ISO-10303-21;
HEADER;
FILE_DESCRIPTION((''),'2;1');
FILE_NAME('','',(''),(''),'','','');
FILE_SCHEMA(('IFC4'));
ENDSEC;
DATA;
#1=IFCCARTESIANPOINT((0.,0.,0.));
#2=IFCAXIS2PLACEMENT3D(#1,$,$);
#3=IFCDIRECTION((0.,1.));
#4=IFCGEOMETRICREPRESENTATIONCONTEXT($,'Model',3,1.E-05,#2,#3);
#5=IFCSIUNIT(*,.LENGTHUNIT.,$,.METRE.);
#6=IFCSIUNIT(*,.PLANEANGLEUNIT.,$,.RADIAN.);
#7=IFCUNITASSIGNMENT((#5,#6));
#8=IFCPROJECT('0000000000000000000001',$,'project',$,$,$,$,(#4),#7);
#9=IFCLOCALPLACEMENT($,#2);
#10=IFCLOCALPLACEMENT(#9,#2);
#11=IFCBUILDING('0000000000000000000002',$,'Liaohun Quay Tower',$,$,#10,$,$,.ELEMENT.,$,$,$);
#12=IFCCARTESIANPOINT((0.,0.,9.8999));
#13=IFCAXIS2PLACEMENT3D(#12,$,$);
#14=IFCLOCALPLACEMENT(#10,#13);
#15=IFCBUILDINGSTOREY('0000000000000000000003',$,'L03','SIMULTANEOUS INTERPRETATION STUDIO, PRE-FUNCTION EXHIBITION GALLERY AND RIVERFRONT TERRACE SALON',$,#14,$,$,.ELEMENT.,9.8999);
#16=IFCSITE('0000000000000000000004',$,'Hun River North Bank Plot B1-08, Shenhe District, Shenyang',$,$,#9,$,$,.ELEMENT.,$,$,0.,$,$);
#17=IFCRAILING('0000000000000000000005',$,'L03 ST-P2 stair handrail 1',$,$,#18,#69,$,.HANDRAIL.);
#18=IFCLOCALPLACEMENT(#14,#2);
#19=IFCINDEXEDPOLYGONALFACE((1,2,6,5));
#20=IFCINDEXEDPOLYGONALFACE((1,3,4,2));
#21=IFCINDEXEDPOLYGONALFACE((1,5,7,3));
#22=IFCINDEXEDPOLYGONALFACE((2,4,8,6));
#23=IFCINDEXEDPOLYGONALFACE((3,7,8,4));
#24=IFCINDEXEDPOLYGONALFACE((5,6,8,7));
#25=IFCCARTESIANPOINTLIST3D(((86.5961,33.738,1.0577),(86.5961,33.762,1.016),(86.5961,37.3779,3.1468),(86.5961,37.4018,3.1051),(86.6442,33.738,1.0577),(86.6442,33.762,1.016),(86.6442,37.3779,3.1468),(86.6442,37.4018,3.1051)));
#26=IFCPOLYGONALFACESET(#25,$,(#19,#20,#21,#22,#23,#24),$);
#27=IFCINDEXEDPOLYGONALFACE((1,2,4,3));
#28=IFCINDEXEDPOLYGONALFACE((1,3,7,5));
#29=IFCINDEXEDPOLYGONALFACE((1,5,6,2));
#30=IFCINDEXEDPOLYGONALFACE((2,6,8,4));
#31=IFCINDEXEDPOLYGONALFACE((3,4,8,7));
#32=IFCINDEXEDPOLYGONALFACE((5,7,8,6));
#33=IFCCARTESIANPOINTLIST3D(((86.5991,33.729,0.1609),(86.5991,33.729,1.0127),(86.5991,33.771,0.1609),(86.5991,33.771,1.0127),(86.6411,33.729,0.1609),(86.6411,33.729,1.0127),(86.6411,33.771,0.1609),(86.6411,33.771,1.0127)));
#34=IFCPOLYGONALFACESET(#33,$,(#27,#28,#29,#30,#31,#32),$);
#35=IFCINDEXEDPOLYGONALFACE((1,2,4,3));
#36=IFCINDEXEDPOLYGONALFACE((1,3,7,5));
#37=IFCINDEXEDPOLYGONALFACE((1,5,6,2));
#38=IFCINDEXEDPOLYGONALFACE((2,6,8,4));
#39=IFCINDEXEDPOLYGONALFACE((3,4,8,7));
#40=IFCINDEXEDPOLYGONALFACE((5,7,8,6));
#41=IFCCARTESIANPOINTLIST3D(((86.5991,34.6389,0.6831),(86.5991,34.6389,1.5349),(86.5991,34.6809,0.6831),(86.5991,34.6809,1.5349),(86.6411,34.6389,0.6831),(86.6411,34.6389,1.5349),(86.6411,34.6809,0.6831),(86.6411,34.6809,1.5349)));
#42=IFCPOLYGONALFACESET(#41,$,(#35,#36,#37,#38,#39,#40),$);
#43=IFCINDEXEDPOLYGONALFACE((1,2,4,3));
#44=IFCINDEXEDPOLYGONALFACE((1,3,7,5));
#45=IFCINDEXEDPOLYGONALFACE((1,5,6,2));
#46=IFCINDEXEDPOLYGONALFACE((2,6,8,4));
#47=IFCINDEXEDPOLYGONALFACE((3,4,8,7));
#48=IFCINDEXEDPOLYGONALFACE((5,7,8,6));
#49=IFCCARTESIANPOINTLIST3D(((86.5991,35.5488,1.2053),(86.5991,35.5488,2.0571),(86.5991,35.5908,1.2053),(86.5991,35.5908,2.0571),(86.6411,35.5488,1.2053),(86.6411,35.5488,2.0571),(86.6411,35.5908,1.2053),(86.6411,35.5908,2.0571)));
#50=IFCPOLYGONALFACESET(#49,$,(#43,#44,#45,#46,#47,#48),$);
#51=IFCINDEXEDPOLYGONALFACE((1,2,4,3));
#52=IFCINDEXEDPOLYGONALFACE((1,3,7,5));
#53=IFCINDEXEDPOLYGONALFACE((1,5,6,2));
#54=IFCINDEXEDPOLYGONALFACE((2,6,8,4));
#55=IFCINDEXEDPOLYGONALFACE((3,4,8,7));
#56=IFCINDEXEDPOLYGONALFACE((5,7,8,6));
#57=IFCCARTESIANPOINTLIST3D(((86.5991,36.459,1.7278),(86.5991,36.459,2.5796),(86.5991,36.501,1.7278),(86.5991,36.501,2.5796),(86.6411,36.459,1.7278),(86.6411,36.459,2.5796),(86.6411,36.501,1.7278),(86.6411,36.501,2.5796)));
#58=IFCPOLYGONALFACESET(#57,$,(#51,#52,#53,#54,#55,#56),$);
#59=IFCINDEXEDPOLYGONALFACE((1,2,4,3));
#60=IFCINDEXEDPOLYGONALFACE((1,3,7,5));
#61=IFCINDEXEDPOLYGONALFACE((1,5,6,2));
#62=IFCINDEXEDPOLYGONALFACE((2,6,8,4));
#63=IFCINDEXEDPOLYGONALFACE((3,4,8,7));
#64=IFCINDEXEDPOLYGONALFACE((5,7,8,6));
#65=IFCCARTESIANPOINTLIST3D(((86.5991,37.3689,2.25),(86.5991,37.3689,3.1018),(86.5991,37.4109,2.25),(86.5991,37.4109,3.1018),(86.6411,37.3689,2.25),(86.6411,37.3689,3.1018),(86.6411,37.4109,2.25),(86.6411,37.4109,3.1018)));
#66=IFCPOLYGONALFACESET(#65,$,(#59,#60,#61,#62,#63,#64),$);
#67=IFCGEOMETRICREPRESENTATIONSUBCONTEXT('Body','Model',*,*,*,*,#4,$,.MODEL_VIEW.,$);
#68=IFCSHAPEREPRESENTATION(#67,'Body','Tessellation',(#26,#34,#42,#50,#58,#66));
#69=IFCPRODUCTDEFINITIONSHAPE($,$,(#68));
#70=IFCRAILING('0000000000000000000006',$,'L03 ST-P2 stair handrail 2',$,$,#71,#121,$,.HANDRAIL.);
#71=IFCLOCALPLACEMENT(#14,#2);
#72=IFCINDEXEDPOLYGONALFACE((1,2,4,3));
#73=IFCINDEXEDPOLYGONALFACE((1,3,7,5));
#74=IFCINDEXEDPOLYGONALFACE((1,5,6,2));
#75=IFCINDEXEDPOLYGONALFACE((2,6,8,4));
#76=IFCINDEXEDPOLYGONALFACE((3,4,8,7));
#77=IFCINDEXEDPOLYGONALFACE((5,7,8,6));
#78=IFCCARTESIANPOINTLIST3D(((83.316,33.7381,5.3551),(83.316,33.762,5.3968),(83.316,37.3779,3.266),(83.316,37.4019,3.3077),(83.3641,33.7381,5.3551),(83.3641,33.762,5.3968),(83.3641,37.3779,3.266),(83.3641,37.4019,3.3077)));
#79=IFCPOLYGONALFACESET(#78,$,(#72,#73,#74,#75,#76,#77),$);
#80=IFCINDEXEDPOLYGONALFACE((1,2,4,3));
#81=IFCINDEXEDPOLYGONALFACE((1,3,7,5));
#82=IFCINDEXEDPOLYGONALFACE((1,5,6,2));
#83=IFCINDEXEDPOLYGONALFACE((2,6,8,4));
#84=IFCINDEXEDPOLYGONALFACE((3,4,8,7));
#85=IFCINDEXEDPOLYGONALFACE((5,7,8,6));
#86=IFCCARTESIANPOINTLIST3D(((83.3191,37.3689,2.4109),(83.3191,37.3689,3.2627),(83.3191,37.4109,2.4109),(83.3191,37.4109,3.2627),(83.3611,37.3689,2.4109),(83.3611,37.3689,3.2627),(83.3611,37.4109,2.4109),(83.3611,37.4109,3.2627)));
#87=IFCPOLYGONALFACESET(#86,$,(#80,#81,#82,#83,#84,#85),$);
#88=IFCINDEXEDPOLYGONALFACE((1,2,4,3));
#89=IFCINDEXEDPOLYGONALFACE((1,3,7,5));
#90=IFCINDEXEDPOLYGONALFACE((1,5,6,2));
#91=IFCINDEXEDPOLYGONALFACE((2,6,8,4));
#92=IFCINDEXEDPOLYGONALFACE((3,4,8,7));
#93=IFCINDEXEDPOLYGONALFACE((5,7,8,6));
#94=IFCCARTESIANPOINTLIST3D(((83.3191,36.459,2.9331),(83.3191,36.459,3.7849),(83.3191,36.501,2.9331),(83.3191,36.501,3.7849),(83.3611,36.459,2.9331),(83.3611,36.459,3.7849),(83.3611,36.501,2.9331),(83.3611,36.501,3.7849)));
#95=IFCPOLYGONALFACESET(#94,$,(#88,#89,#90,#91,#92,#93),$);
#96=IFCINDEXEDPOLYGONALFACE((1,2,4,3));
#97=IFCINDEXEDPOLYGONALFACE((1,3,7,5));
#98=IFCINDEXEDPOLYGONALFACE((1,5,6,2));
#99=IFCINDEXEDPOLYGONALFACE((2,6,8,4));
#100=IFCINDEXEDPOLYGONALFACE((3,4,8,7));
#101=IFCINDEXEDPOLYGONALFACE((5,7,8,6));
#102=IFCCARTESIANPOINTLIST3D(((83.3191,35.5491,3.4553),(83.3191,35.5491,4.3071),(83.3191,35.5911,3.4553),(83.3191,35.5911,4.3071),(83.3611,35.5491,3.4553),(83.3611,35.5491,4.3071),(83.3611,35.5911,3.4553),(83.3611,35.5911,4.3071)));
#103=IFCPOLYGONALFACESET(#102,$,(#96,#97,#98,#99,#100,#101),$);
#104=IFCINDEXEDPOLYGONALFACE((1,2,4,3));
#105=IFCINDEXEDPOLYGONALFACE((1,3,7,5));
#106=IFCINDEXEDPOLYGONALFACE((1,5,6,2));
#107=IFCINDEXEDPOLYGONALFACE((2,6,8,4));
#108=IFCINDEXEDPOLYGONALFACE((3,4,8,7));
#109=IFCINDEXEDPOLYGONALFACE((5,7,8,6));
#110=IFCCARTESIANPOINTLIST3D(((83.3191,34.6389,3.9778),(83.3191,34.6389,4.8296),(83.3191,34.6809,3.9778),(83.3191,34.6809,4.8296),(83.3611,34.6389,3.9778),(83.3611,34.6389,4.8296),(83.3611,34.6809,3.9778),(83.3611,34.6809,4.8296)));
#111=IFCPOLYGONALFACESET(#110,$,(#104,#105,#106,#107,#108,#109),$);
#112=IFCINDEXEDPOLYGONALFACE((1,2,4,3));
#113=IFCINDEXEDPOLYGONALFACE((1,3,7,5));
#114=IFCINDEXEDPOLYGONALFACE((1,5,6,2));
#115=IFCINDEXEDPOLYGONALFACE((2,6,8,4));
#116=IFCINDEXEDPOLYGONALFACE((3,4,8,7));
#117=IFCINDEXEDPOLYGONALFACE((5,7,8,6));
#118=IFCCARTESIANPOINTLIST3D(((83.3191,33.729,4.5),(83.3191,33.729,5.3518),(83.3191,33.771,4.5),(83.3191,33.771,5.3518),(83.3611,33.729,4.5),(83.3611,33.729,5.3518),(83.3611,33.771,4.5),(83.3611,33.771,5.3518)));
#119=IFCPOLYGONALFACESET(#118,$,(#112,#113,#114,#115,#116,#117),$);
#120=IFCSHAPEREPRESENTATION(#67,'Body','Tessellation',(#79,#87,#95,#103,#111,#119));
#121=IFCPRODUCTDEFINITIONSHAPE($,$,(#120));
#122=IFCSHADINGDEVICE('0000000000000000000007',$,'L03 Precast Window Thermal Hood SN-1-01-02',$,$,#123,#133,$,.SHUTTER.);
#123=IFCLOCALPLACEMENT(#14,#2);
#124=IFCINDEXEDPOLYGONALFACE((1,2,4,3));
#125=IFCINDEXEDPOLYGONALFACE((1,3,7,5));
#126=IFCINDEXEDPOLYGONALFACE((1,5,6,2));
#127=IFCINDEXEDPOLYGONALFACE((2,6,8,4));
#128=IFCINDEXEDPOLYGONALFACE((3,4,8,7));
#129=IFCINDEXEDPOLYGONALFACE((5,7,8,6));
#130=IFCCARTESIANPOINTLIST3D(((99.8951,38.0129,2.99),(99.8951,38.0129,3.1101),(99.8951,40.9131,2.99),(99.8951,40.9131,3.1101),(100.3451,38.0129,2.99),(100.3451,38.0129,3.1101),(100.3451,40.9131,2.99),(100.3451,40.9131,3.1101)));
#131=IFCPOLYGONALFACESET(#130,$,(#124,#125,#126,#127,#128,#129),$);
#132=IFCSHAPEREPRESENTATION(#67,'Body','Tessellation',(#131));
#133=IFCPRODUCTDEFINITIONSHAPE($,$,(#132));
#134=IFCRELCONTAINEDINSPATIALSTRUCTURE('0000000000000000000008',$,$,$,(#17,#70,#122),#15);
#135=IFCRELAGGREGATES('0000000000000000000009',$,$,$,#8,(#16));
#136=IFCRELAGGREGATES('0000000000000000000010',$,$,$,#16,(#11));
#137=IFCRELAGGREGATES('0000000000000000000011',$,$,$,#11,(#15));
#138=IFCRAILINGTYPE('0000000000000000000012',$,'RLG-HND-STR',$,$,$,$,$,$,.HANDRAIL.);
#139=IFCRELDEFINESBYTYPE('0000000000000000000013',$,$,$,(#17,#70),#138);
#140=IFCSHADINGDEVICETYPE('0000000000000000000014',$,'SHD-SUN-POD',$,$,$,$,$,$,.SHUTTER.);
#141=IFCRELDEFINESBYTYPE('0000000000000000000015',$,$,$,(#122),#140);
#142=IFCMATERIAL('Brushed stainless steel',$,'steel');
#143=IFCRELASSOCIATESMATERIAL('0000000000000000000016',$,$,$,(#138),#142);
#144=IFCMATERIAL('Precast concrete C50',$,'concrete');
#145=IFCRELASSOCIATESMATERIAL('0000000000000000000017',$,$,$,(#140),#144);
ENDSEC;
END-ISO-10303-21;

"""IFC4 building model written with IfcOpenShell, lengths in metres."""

from ifc_helpers import new_model, si_unit, direction, frame, origin, origin_2d, place, context, subcontext, project, spatial, rectangle, extrude, source, transform, mapped, material, material_profile, profile_set, type_object, element, save


model = new_model("IFC4")

# Units and contexts
model_context = context("Model", 3, precision=1e-05, world=origin(), true_north=direction((0.0, 1.0)))
body_context = subcontext(model_context, "Body", "Model", "MODEL_VIEW")
ifc_project = project(units=[si_unit("LENGTHUNIT", "METRE"), si_unit("PLANEANGLEUNIT", "RADIAN")], contexts=[model_context])

# Site, building, storey
site_placement = place(None, origin())
site = spatial("IfcSite", under=ifc_project, at=site_placement, Name="Hun River North Bank Plot B1-08, Shenhe District, Shenyang", CompositionType="ELEMENT", RefElevation=0.0)
building_placement = place(site_placement, origin())
building = spatial("IfcBuilding", under=site, at=building_placement, Name="Liaohun Quay Tower", CompositionType="ELEMENT")
storey_placement = place(building_placement, frame((0.0, 0.0, 9.8999)))
storey = spatial("IfcBuildingStorey", under=building, at=storey_placement, Name="L03", Description="SIMULTANEOUS INTERPRETATION STUDIO, PRE-FUNCTION EXHIBITION GALLERY AND RIVERFRONT TERRACE SALON", CompositionType="ELEMENT", Elevation=9.8999)

# Railings
ifc_material_1 = material(Name="Brushed stainless steel", Category="steel")
railing_type_1 = type_object("IfcRailingType", Name="RLG-HND-STR", PredefinedType="HANDRAIL", material=ifc_material_1)
railing_1_placement = place(storey_placement, frame((86.6201, 33.75, 0.1609)))
element("IfcRailing", 1, at=railing_1_placement, inside=storey, type_object=railing_type_1, Name="L03 ST-P2 stair handrail 1", PredefinedType="HANDRAIL", context=body_context, shape_type="SweptSolid", body=[
    extrude(rectangle(XDim=0.0481, YDim=0.0481, at=origin_2d()), frame((0.0, 0.0, 0.876), z_axis=(0.0, 0.8673, 0.497786), x_axis=(-1.0, 0.0, 0.0)), (0.0, 0.0, 1.0), 4.1968),
    extrude(rectangle(XDim=0.042, YDim=0.042, at=origin_2d()), origin(), (0.0, 0.0, 1.0), 0.8518),
    extrude(rectangle(XDim=0.042, YDim=0.042, at=origin_2d()), frame((0.0, 0.9099, 0.5222)), (0.0, 0.0, 1.0), 0.8518),
    extrude(rectangle(XDim=0.042, YDim=0.042, at=origin_2d()), frame((0.0, 1.8198, 1.0444)), (0.0, 0.0, 1.0), 0.8518),
    extrude(rectangle(XDim=0.042, YDim=0.042, at=origin_2d()), frame((0.0, 2.73, 1.5669)), (0.0, 0.0, 1.0), 0.8518),
    extrude(rectangle(XDim=0.042, YDim=0.042, at=origin_2d()), frame((0.0, 3.6399, 2.0891)), (0.0, 0.0, 1.0), 0.8518),
])
railing_2_placement = place(storey_placement, frame((83.3401, 37.3899, 2.4109)))
element("IfcRailing", 2, at=railing_2_placement, inside=storey, type_object=railing_type_1, Name="L03 ST-P2 stair handrail 2", PredefinedType="HANDRAIL", context=body_context, shape_type="SweptSolid", body=[
    extrude(rectangle(XDim=0.0481, YDim=0.0481, at=origin_2d()), frame((0.0, 0.0, 0.876), z_axis=(0.0, -0.8673, 0.497786), x_axis=(1.0, 0.0, 0.0)), (0.0, 0.0, 1.0), 4.1968),
    extrude(rectangle(XDim=0.042, YDim=0.042, at=origin_2d()), origin(), (0.0, 0.0, 1.0), 0.8518),
    extrude(rectangle(XDim=0.042, YDim=0.042, at=origin_2d()), frame((0.0, -0.9099, 0.5222)), (0.0, 0.0, 1.0), 0.8518),
    extrude(rectangle(XDim=0.042, YDim=0.042, at=origin_2d()), frame((0.0, -1.8198, 1.0444)), (0.0, 0.0, 1.0), 0.8518),
    extrude(rectangle(XDim=0.042, YDim=0.042, at=origin_2d()), frame((0.0, -2.73, 1.5669)), (0.0, 0.0, 1.0), 0.8518),
    extrude(rectangle(XDim=0.042, YDim=0.042, at=origin_2d()), frame((0.0, -3.6399, 2.0891)), (0.0, 0.0, 1.0), 0.8518),
])

# Shading device
ifc_material_2 = material(Name="Precast concrete C50", Category="concrete")
ifc_material_profile_1 = material_profile(ifc_material_2, rectangle(XDim=0.45, YDim=0.1201, at=origin_2d()), Name="PRC-SUN-450x120")
ifc_profile_set_1 = profile_set([ifc_material_profile_1], Name="Precast concrete C50")
shading_device_type = type_object("IfcShadingDeviceType", Name="SHD-SUN-POD", PredefinedType="SHUTTER", material=ifc_profile_set_1)
shared_shape_1 = source(origin(), body_context, "Body", "SweptSolid", [
    extrude(rectangle(XDim=0.45, YDim=0.1201, at=origin_2d()), origin(), (0.0, 0.0, 1.0), 2.9001),
])
shading_device_placement = place(storey_placement, frame((100.1201, 38.0129, 3.05), z_axis=(0.0, 1.0, 0.0), x_axis=(-1.0, 0.0, 0.0)))
element("IfcShadingDevice", 3, at=shading_device_placement, inside=storey, type_object=shading_device_type, Name="L03 Precast Window Thermal Hood SN-1-01-02", PredefinedType="SHUTTER", context=body_context, shape_type="MappedRepresentation", body=[
    mapped(shared_shape_1, transform((0.0, 0.0, 0.0), x_axis=(1.0, 0.0, 0.0), y_axis=(0.0, 1.0, 0.0), z_axis=(0.0, 0.0, 1.0), scale=1.0)),
])

save(model, "model.ifc")
